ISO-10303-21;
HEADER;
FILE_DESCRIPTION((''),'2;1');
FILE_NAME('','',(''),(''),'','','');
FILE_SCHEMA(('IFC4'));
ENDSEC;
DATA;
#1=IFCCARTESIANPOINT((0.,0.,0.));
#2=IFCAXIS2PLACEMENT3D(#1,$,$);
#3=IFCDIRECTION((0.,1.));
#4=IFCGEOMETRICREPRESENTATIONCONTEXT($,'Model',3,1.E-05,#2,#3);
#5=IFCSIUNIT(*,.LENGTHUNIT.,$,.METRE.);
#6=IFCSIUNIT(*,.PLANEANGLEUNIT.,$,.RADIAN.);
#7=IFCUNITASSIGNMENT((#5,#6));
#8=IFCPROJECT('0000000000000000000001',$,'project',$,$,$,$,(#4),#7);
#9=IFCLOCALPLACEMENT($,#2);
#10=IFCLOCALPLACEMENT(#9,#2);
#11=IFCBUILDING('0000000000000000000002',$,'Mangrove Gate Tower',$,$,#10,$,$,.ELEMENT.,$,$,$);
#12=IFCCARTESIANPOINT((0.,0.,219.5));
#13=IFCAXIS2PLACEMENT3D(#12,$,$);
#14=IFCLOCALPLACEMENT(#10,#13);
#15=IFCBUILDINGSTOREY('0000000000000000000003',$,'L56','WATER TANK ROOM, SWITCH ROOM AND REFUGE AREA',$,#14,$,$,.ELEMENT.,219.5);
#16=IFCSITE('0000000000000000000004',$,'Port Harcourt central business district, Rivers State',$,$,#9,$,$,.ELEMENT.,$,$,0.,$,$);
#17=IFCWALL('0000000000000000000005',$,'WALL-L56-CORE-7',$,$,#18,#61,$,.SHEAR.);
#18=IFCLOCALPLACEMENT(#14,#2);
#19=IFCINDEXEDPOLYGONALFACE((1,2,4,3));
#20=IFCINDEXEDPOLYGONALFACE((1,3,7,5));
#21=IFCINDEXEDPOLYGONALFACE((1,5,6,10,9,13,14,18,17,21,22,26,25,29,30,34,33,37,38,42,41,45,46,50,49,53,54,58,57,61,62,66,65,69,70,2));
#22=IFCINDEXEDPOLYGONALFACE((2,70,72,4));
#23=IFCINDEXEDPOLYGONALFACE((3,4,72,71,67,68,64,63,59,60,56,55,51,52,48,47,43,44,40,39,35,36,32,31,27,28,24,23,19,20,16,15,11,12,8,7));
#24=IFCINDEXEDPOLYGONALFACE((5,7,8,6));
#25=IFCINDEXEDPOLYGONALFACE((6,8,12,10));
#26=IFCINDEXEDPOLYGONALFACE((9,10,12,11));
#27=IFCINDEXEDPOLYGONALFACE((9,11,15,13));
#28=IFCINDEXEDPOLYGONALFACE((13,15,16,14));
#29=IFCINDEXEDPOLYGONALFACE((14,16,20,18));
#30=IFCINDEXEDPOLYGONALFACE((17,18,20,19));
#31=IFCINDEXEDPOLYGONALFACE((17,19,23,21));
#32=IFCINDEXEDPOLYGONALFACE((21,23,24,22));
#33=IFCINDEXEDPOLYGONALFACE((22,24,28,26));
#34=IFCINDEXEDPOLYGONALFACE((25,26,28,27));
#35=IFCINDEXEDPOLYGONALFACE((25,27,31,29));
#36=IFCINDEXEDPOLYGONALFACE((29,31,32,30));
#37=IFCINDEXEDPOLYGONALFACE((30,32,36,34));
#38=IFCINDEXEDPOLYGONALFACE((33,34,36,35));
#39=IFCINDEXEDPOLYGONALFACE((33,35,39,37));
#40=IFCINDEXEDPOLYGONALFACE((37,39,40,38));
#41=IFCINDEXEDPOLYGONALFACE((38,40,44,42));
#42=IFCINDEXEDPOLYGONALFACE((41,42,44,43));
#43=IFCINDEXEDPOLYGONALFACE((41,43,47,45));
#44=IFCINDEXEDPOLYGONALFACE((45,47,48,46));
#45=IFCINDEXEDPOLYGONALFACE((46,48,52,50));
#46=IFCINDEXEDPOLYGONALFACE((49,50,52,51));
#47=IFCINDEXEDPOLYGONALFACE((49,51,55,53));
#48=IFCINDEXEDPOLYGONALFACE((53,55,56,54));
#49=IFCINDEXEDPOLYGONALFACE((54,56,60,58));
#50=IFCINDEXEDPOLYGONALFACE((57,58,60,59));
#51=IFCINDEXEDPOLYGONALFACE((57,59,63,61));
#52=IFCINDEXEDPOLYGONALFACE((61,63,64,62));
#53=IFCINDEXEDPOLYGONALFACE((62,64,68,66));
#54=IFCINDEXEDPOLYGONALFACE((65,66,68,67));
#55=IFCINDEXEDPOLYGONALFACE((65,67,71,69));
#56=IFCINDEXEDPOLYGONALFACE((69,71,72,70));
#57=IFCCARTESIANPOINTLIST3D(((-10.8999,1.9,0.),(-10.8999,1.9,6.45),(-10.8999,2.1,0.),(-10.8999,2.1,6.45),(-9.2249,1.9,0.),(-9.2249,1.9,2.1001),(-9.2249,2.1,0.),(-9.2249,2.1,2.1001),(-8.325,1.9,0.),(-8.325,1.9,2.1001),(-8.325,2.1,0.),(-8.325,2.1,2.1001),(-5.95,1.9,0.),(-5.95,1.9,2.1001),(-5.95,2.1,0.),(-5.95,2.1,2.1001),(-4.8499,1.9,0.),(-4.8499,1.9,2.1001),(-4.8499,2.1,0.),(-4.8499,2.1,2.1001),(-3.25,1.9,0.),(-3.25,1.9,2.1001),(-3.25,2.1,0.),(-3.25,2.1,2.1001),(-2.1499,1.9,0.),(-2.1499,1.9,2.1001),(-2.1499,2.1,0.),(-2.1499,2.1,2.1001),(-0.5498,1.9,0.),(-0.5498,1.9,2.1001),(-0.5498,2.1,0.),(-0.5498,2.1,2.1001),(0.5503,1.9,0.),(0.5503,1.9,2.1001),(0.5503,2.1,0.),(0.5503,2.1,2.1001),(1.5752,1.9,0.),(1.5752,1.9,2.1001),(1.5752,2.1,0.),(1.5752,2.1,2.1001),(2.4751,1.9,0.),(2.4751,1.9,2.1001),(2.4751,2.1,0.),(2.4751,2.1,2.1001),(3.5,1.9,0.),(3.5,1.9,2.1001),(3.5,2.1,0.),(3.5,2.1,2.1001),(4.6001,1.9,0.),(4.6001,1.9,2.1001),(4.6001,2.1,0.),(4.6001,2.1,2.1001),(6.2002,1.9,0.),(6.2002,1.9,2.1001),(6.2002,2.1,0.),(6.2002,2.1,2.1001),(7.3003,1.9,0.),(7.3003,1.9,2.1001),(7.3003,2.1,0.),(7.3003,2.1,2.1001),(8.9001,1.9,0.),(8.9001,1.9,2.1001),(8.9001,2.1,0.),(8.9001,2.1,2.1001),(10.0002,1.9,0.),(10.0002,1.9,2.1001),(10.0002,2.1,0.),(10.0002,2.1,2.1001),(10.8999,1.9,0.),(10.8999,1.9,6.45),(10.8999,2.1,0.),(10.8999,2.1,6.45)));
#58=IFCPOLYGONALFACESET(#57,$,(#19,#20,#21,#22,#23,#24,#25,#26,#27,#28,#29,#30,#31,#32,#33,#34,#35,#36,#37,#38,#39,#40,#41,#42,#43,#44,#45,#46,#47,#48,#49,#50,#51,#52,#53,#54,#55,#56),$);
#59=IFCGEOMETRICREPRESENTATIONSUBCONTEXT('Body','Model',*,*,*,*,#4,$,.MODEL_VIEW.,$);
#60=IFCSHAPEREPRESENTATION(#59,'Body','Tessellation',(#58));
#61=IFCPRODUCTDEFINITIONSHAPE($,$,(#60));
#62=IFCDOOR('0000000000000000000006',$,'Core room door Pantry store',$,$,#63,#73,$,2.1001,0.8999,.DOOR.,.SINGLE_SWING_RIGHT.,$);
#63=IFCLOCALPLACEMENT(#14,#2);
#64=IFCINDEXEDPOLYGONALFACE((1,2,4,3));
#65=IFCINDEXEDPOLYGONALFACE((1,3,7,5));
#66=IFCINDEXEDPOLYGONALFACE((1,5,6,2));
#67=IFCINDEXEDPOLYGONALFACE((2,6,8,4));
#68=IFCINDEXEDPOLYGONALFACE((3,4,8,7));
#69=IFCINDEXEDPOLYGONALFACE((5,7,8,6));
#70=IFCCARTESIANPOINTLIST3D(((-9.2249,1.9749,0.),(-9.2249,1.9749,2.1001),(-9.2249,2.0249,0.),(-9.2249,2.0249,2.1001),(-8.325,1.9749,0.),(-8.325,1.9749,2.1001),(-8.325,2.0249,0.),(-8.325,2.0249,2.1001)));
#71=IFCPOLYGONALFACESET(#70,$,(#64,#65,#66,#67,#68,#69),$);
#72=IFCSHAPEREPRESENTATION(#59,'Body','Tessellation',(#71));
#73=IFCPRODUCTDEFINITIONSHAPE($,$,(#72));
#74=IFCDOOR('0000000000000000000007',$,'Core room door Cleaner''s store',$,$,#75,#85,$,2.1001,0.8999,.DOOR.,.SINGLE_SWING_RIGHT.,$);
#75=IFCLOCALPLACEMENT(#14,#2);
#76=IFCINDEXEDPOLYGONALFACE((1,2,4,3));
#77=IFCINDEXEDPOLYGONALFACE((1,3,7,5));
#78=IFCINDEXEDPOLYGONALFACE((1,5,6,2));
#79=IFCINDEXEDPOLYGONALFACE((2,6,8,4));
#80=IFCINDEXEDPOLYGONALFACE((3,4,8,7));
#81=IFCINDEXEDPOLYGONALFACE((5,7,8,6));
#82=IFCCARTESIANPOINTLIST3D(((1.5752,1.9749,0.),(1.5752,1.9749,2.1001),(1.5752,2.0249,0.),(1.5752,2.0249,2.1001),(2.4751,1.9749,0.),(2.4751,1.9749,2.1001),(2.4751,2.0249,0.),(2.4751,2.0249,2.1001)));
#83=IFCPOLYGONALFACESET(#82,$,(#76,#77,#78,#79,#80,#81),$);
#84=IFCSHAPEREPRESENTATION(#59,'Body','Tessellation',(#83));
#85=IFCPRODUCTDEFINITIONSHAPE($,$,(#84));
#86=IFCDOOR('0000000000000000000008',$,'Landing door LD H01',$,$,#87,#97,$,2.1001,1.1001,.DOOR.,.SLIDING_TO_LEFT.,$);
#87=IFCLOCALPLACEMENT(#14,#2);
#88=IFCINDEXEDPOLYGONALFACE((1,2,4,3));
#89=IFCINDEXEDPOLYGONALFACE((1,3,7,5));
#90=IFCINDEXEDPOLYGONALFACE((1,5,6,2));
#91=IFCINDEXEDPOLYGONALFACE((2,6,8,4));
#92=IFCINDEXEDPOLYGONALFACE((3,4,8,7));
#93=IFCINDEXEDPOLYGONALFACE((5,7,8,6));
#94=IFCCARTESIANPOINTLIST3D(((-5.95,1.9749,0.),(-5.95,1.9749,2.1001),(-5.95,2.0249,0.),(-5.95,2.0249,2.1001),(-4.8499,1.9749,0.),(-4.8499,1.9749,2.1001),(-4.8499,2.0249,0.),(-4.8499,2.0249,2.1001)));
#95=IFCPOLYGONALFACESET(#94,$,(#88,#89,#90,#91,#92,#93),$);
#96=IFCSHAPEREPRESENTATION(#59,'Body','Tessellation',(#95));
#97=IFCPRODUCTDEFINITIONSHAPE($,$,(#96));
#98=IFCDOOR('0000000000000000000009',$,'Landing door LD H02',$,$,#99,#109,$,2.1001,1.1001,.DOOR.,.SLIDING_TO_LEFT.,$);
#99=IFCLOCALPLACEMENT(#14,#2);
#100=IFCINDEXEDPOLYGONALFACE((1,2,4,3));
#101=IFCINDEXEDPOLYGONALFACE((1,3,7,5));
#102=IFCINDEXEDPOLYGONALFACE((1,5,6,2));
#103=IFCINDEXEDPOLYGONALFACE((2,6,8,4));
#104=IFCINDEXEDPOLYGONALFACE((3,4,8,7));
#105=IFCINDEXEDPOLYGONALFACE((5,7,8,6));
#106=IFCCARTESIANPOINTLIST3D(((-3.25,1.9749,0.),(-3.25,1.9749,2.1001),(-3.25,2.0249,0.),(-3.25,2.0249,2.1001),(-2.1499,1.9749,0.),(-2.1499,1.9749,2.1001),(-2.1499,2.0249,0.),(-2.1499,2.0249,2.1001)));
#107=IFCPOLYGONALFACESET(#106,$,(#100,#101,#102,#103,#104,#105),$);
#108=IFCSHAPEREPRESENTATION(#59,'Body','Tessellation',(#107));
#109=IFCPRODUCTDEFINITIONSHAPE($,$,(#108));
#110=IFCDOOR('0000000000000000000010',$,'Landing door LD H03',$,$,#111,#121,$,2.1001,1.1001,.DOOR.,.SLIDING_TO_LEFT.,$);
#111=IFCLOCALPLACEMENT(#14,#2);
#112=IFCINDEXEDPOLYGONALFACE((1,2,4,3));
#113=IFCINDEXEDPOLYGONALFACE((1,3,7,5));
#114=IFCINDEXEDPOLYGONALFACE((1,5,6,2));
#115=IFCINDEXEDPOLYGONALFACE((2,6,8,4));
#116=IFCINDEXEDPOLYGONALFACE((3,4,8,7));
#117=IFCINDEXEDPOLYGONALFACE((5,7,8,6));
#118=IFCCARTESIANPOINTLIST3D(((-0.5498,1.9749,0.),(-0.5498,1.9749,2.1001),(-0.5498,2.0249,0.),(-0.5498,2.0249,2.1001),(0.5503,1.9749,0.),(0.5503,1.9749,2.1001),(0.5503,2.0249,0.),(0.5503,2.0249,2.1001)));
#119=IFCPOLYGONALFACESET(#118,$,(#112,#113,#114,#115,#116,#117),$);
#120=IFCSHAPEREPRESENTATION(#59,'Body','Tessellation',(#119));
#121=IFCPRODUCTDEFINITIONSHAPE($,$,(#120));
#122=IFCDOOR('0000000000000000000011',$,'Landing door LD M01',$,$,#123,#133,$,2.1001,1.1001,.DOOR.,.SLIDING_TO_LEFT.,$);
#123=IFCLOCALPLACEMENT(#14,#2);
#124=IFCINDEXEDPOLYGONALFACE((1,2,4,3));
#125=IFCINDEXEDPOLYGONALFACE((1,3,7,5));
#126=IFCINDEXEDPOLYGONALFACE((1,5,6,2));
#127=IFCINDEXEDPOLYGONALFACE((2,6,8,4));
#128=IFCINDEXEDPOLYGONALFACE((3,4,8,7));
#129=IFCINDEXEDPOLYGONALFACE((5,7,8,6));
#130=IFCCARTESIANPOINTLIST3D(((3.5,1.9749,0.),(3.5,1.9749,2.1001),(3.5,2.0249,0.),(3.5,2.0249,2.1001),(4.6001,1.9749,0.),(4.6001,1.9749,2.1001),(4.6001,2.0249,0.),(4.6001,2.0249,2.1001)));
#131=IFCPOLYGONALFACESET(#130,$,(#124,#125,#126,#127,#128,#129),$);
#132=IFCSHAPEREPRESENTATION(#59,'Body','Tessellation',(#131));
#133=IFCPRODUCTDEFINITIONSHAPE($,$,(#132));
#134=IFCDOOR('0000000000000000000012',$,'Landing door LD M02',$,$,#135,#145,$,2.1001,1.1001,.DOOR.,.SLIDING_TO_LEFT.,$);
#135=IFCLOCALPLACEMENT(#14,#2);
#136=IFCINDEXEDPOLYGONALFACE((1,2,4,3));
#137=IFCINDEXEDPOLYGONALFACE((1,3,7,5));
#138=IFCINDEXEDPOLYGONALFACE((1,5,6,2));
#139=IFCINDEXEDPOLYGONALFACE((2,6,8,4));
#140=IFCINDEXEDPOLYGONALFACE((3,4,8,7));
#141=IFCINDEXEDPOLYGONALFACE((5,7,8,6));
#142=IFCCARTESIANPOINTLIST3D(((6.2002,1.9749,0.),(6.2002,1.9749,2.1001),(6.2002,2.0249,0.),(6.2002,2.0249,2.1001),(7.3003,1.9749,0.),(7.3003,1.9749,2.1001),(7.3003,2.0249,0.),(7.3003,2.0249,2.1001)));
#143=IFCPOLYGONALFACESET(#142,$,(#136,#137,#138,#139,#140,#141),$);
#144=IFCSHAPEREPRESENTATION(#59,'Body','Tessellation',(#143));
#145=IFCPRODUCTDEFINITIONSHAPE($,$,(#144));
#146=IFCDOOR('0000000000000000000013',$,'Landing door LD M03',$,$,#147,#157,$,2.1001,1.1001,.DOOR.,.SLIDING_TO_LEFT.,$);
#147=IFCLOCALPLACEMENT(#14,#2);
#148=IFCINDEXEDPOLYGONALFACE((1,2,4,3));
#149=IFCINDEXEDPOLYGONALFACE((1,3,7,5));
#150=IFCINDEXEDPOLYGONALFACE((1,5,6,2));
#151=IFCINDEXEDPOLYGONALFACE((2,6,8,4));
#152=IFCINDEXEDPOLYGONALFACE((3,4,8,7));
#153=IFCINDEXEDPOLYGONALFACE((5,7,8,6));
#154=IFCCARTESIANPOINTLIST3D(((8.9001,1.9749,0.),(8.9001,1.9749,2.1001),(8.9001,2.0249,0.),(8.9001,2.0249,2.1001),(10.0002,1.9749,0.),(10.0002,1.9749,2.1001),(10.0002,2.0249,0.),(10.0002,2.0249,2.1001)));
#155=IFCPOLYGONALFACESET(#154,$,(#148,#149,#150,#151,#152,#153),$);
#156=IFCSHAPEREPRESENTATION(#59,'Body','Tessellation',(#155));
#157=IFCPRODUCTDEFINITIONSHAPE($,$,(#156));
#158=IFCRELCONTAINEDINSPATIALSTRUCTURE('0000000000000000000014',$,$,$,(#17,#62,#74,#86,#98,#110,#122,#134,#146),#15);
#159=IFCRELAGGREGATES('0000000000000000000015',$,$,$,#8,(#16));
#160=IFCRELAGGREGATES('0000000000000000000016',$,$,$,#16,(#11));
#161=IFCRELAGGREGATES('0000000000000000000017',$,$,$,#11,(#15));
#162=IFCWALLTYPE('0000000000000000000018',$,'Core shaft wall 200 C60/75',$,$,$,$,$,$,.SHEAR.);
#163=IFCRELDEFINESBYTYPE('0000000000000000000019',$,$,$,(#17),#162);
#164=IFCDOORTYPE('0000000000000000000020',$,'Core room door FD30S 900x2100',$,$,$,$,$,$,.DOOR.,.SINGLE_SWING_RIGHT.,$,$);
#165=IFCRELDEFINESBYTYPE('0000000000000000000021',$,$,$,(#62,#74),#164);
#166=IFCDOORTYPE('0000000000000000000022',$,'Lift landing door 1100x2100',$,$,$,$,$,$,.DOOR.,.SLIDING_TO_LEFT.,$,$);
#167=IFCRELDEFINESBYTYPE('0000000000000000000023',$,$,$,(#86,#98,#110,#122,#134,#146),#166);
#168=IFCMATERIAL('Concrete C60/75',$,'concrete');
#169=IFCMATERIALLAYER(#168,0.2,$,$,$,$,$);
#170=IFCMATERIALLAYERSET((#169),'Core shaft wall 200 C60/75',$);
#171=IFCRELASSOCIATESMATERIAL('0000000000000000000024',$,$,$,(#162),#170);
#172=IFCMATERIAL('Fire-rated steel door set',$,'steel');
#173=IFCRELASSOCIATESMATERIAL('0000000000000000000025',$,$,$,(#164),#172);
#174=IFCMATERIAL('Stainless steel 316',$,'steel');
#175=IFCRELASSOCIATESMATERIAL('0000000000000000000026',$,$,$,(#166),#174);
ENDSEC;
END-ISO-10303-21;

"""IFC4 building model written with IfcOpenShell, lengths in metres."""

from ifc_helpers import new_model, si_unit, direction, frame, frame_2d, origin, place, context, subcontext, project, spatial, rectangle, extrude, material, layer, layer_set, type_object, element, fill, save


model = new_model("IFC4")

# Units and contexts
model_context = context("Model", 3, precision=1e-05, world=origin(), true_north=direction((0.0, 1.0)))
body_context = subcontext(model_context, "Body", "Model", "MODEL_VIEW")
ifc_project = project(units=[si_unit("LENGTHUNIT", "METRE"), si_unit("PLANEANGLEUNIT", "RADIAN")], contexts=[model_context])

# Site, building, storey
site_placement = place(None, origin())
site = spatial("IfcSite", under=ifc_project, at=site_placement, Name="Port Harcourt central business district, Rivers State", CompositionType="ELEMENT", RefElevation=0.0)
building_placement = place(site_placement, origin())
building = spatial("IfcBuilding", under=site, at=building_placement, Name="Mangrove Gate Tower", CompositionType="ELEMENT")
storey_placement = place(building_placement, frame((0.0, 0.0, 219.5)))
storey = spatial("IfcBuildingStorey", under=building, at=storey_placement, Name="L56", Description="WATER TANK ROOM, SWITCH ROOM AND REFUGE AREA", CompositionType="ELEMENT", Elevation=219.5)

# Wall, openings, doors
ifc_material_1 = material(Name="Concrete C60/75", Category="concrete")
ifc_layer_1 = layer(ifc_material_1, 0.2)
ifc_layer_set_1 = layer_set([ifc_layer_1], Name="Core shaft wall 200 C60/75")
wall_type_1 = type_object("IfcWallType", Name="Core shaft wall 200 C60/75", PredefinedType="SHEAR", material=ifc_layer_set_1)
wall_1_placement = place(storey_placement, frame((-10.8999, 2.0, 0.0), z_axis=(0.0, 0.0, 1.0), x_axis=(1.0, 0.0, 0.0)))
wall_1 = element("IfcWall", 1, at=wall_1_placement, inside=storey, type_object=wall_type_1, Name="WALL-L56-CORE-7", PredefinedType="SHEAR", context=body_context, shape_type="SweptSolid", body=[
    extrude(rectangle(XDim=21.7998, YDim=0.2, at=frame_2d((10.8999, 0.0))), origin(), (0.0, 0.0, 1.0), 6.45),
])
opening_1_placement = place(wall_1_placement, frame((4.95, 0.0, 0.0)))
opening_1 = element("IfcOpeningElement", 2, at=opening_1_placement, cuts=wall_1, PredefinedType="OPENING", context=body_context, shape_type="SweptSolid", body=[
    extrude(rectangle(XDim=1.1001, YDim=2.1001, at=frame_2d((0.55, 1.05))), frame((0.0, 0.1099, 0.0), z_axis=(0.0, -1.0, 0.0), x_axis=(1.0, 0.0, 0.0)), (0.0, 0.0, 1.0), 0.22),
])
opening_2_placement = place(wall_1_placement, frame((7.6499, 0.0, 0.0)))
opening_2 = element("IfcOpeningElement", 3, at=opening_2_placement, cuts=wall_1, PredefinedType="OPENING", context=body_context, shape_type="SweptSolid", body=[
    extrude(rectangle(XDim=1.1001, YDim=2.1001, at=frame_2d((0.55, 1.05))), frame((0.0, 0.1099, 0.0), z_axis=(0.0, -1.0, 0.0), x_axis=(1.0, 0.0, 0.0)), (0.0, 0.0, 1.0), 0.22),
])
opening_3_placement = place(wall_1_placement, frame((10.3501, 0.0, 0.0)))
opening_3 = element("IfcOpeningElement", 4, at=opening_3_placement, cuts=wall_1, PredefinedType="OPENING", context=body_context, shape_type="SweptSolid", body=[
    extrude(rectangle(XDim=1.1001, YDim=2.1001, at=frame_2d((0.55, 1.05))), frame((0.0, 0.1099, 0.0), z_axis=(0.0, -1.0, 0.0), x_axis=(1.0, 0.0, 0.0)), (0.0, 0.0, 1.0), 0.22),
])
opening_4_placement = place(wall_1_placement, frame((14.3999, 0.0, 0.0)))
opening_4 = element("IfcOpeningElement", 5, at=opening_4_placement, cuts=wall_1, PredefinedType="OPENING", context=body_context, shape_type="SweptSolid", body=[
    extrude(rectangle(XDim=1.1001, YDim=2.1001, at=frame_2d((0.55, 1.05))), frame((0.0, 0.1099, 0.0), z_axis=(0.0, -1.0, 0.0), x_axis=(1.0, 0.0, 0.0)), (0.0, 0.0, 1.0), 0.22),
])
opening_5_placement = place(wall_1_placement, frame((17.1001, 0.0, 0.0)))
opening_5 = element("IfcOpeningElement", 6, at=opening_5_placement, cuts=wall_1, PredefinedType="OPENING", context=body_context, shape_type="SweptSolid", body=[
    extrude(rectangle(XDim=1.1001, YDim=2.1001, at=frame_2d((0.55, 1.05))), frame((0.0, 0.1099, 0.0), z_axis=(0.0, -1.0, 0.0), x_axis=(1.0, 0.0, 0.0)), (0.0, 0.0, 1.0), 0.22),
])
opening_6_placement = place(wall_1_placement, frame((19.8, 0.0, 0.0)))
opening_6 = element("IfcOpeningElement", 7, at=opening_6_placement, cuts=wall_1, PredefinedType="OPENING", context=body_context, shape_type="SweptSolid", body=[
    extrude(rectangle(XDim=1.1001, YDim=2.1001, at=frame_2d((0.55, 1.05))), frame((0.0, 0.1099, 0.0), z_axis=(0.0, -1.0, 0.0), x_axis=(1.0, 0.0, 0.0)), (0.0, 0.0, 1.0), 0.22),
])
opening_7_placement = place(wall_1_placement, frame((1.675, 0.0, 0.0)))
opening_7 = element("IfcOpeningElement", 8, at=opening_7_placement, cuts=wall_1, PredefinedType="OPENING", context=body_context, shape_type="SweptSolid", body=[
    extrude(rectangle(XDim=0.8999, YDim=2.1001, at=frame_2d((0.45, 1.05))), frame((0.0, 0.1099, 0.0), z_axis=(0.0, -1.0, 0.0), x_axis=(1.0, 0.0, 0.0)), (0.0, 0.0, 1.0), 0.22),
])
opening_8_placement = place(wall_1_placement, frame((12.4751, 0.0, 0.0)))
opening_8 = element("IfcOpeningElement", 9, at=opening_8_placement, cuts=wall_1, PredefinedType="OPENING", context=body_context, shape_type="SweptSolid", body=[
    extrude(rectangle(XDim=0.8999, YDim=2.1001, at=frame_2d((0.45, 1.05))), frame((0.0, 0.1099, 0.0), z_axis=(0.0, -1.0, 0.0), x_axis=(1.0, 0.0, 0.0)), (0.0, 0.0, 1.0), 0.22),
])
ifc_material_2 = material(Name="Fire-rated steel door set", Category="steel")
door_type_1 = type_object("IfcDoorType", Name="Core room door FD30S 900x2100", OperationType="SINGLE_SWING_RIGHT", PredefinedType="DOOR", material=ifc_material_2)
door_1_placement = place(opening_7_placement, origin())
door_1 = element("IfcDoor", 10, at=door_1_placement, inside=storey, type_object=door_type_1, Name="Core room door Pantry store", OperationType="SINGLE_SWING_RIGHT", OverallHeight=2.1001, OverallWidth=0.8999, PredefinedType="DOOR", context=body_context, shape_type="SweptSolid", body=[
    extrude(rectangle(XDim=0.8999, YDim=2.1001, at=frame_2d((0.45, 1.05))), frame((0.0, 0.0249, 0.0), z_axis=(0.0, -1.0, 0.0), x_axis=(1.0, 0.0, 0.0)), (0.0, 0.0, 1.0), 0.05),
])
fill(opening_7, door_1)
door_2_placement = place(opening_8_placement, origin())
door_2 = element("IfcDoor", 11, at=door_2_placement, inside=storey, type_object=door_type_1, Name="Core room door Cleaner's store", OperationType="SINGLE_SWING_RIGHT", OverallHeight=2.1001, OverallWidth=0.8999, PredefinedType="DOOR", context=body_context, shape_type="SweptSolid", body=[
    extrude(rectangle(XDim=0.8999, YDim=2.1001, at=frame_2d((0.45, 1.05))), frame((0.0, 0.0249, 0.0), z_axis=(0.0, -1.0, 0.0), x_axis=(1.0, 0.0, 0.0)), (0.0, 0.0, 1.0), 0.05),
])
fill(opening_8, door_2)
ifc_material_3 = material(Name="Stainless steel 316", Category="steel")
door_type_2 = type_object("IfcDoorType", Name="Lift landing door 1100x2100", OperationType="SLIDING_TO_LEFT", PredefinedType="DOOR", material=ifc_material_3)
door_3_placement = place(opening_1_placement, origin())
door_3 = element("IfcDoor", 12, at=door_3_placement, inside=storey, type_object=door_type_2, Name="Landing door LD H01", OperationType="SLIDING_TO_LEFT", OverallHeight=2.1001, OverallWidth=1.1001, PredefinedType="DOOR", context=body_context, shape_type="SweptSolid", body=[
    extrude(rectangle(XDim=1.1001, YDim=2.1001, at=frame_2d((0.55, 1.05))), frame((0.0, 0.0249, 0.0), z_axis=(0.0, -1.0, 0.0), x_axis=(1.0, 0.0, 0.0)), (0.0, 0.0, 1.0), 0.05),
])
fill(opening_1, door_3)
door_4_placement = place(opening_2_placement, origin())
door_4 = element("IfcDoor", 13, at=door_4_placement, inside=storey, type_object=door_type_2, Name="Landing door LD H02", OperationType="SLIDING_TO_LEFT", OverallHeight=2.1001, OverallWidth=1.1001, PredefinedType="DOOR", context=body_context, shape_type="SweptSolid", body=[
    extrude(rectangle(XDim=1.1001, YDim=2.1001, at=frame_2d((0.55, 1.05))), frame((0.0, 0.0249, 0.0), z_axis=(0.0, -1.0, 0.0), x_axis=(1.0, 0.0, 0.0)), (0.0, 0.0, 1.0), 0.05),
])
fill(opening_2, door_4)
door_5_placement = place(opening_3_placement, origin())
door_5 = element("IfcDoor", 14, at=door_5_placement, inside=storey, type_object=door_type_2, Name="Landing door LD H03", OperationType="SLIDING_TO_LEFT", OverallHeight=2.1001, OverallWidth=1.1001, PredefinedType="DOOR", context=body_context, shape_type="SweptSolid", body=[
    extrude(rectangle(XDim=1.1001, YDim=2.1001, at=frame_2d((0.55, 1.05))), frame((0.0, 0.0249, 0.0), z_axis=(0.0, -1.0, 0.0), x_axis=(1.0, 0.0, 0.0)), (0.0, 0.0, 1.0), 0.05),
])
fill(opening_3, door_5)
door_6_placement = place(opening_4_placement, origin())
door_6 = element("IfcDoor", 15, at=door_6_placement, inside=storey, type_object=door_type_2, Name="Landing door LD M01", OperationType="SLIDING_TO_LEFT", OverallHeight=2.1001, OverallWidth=1.1001, PredefinedType="DOOR", context=body_context, shape_type="SweptSolid", body=[
    extrude(rectangle(XDim=1.1001, YDim=2.1001, at=frame_2d((0.55, 1.05))), frame((0.0, 0.0249, 0.0), z_axis=(0.0, -1.0, 0.0), x_axis=(1.0, 0.0, 0.0)), (0.0, 0.0, 1.0), 0.05),
])
fill(opening_4, door_6)
door_7_placement = place(opening_5_placement, origin())
door_7 = element("IfcDoor", 16, at=door_7_placement, inside=storey, type_object=door_type_2, Name="Landing door LD M02", OperationType="SLIDING_TO_LEFT", OverallHeight=2.1001, OverallWidth=1.1001, PredefinedType="DOOR", context=body_context, shape_type="SweptSolid", body=[
    extrude(rectangle(XDim=1.1001, YDim=2.1001, at=frame_2d((0.55, 1.05))), frame((0.0, 0.0249, 0.0), z_axis=(0.0, -1.0, 0.0), x_axis=(1.0, 0.0, 0.0)), (0.0, 0.0, 1.0), 0.05),
])
fill(opening_5, door_7)
door_8_placement = place(opening_6_placement, origin())
door_8 = element("IfcDoor", 17, at=door_8_placement, inside=storey, type_object=door_type_2, Name="Landing door LD M03", OperationType="SLIDING_TO_LEFT", OverallHeight=2.1001, OverallWidth=1.1001, PredefinedType="DOOR", context=body_context, shape_type="SweptSolid", body=[
    extrude(rectangle(XDim=1.1001, YDim=2.1001, at=frame_2d((0.55, 1.05))), frame((0.0, 0.0249, 0.0), z_axis=(0.0, -1.0, 0.0), x_axis=(1.0, 0.0, 0.0)), (0.0, 0.0, 1.0), 0.05),
])
fill(opening_6, door_8)

save(model, "model.ifc")
